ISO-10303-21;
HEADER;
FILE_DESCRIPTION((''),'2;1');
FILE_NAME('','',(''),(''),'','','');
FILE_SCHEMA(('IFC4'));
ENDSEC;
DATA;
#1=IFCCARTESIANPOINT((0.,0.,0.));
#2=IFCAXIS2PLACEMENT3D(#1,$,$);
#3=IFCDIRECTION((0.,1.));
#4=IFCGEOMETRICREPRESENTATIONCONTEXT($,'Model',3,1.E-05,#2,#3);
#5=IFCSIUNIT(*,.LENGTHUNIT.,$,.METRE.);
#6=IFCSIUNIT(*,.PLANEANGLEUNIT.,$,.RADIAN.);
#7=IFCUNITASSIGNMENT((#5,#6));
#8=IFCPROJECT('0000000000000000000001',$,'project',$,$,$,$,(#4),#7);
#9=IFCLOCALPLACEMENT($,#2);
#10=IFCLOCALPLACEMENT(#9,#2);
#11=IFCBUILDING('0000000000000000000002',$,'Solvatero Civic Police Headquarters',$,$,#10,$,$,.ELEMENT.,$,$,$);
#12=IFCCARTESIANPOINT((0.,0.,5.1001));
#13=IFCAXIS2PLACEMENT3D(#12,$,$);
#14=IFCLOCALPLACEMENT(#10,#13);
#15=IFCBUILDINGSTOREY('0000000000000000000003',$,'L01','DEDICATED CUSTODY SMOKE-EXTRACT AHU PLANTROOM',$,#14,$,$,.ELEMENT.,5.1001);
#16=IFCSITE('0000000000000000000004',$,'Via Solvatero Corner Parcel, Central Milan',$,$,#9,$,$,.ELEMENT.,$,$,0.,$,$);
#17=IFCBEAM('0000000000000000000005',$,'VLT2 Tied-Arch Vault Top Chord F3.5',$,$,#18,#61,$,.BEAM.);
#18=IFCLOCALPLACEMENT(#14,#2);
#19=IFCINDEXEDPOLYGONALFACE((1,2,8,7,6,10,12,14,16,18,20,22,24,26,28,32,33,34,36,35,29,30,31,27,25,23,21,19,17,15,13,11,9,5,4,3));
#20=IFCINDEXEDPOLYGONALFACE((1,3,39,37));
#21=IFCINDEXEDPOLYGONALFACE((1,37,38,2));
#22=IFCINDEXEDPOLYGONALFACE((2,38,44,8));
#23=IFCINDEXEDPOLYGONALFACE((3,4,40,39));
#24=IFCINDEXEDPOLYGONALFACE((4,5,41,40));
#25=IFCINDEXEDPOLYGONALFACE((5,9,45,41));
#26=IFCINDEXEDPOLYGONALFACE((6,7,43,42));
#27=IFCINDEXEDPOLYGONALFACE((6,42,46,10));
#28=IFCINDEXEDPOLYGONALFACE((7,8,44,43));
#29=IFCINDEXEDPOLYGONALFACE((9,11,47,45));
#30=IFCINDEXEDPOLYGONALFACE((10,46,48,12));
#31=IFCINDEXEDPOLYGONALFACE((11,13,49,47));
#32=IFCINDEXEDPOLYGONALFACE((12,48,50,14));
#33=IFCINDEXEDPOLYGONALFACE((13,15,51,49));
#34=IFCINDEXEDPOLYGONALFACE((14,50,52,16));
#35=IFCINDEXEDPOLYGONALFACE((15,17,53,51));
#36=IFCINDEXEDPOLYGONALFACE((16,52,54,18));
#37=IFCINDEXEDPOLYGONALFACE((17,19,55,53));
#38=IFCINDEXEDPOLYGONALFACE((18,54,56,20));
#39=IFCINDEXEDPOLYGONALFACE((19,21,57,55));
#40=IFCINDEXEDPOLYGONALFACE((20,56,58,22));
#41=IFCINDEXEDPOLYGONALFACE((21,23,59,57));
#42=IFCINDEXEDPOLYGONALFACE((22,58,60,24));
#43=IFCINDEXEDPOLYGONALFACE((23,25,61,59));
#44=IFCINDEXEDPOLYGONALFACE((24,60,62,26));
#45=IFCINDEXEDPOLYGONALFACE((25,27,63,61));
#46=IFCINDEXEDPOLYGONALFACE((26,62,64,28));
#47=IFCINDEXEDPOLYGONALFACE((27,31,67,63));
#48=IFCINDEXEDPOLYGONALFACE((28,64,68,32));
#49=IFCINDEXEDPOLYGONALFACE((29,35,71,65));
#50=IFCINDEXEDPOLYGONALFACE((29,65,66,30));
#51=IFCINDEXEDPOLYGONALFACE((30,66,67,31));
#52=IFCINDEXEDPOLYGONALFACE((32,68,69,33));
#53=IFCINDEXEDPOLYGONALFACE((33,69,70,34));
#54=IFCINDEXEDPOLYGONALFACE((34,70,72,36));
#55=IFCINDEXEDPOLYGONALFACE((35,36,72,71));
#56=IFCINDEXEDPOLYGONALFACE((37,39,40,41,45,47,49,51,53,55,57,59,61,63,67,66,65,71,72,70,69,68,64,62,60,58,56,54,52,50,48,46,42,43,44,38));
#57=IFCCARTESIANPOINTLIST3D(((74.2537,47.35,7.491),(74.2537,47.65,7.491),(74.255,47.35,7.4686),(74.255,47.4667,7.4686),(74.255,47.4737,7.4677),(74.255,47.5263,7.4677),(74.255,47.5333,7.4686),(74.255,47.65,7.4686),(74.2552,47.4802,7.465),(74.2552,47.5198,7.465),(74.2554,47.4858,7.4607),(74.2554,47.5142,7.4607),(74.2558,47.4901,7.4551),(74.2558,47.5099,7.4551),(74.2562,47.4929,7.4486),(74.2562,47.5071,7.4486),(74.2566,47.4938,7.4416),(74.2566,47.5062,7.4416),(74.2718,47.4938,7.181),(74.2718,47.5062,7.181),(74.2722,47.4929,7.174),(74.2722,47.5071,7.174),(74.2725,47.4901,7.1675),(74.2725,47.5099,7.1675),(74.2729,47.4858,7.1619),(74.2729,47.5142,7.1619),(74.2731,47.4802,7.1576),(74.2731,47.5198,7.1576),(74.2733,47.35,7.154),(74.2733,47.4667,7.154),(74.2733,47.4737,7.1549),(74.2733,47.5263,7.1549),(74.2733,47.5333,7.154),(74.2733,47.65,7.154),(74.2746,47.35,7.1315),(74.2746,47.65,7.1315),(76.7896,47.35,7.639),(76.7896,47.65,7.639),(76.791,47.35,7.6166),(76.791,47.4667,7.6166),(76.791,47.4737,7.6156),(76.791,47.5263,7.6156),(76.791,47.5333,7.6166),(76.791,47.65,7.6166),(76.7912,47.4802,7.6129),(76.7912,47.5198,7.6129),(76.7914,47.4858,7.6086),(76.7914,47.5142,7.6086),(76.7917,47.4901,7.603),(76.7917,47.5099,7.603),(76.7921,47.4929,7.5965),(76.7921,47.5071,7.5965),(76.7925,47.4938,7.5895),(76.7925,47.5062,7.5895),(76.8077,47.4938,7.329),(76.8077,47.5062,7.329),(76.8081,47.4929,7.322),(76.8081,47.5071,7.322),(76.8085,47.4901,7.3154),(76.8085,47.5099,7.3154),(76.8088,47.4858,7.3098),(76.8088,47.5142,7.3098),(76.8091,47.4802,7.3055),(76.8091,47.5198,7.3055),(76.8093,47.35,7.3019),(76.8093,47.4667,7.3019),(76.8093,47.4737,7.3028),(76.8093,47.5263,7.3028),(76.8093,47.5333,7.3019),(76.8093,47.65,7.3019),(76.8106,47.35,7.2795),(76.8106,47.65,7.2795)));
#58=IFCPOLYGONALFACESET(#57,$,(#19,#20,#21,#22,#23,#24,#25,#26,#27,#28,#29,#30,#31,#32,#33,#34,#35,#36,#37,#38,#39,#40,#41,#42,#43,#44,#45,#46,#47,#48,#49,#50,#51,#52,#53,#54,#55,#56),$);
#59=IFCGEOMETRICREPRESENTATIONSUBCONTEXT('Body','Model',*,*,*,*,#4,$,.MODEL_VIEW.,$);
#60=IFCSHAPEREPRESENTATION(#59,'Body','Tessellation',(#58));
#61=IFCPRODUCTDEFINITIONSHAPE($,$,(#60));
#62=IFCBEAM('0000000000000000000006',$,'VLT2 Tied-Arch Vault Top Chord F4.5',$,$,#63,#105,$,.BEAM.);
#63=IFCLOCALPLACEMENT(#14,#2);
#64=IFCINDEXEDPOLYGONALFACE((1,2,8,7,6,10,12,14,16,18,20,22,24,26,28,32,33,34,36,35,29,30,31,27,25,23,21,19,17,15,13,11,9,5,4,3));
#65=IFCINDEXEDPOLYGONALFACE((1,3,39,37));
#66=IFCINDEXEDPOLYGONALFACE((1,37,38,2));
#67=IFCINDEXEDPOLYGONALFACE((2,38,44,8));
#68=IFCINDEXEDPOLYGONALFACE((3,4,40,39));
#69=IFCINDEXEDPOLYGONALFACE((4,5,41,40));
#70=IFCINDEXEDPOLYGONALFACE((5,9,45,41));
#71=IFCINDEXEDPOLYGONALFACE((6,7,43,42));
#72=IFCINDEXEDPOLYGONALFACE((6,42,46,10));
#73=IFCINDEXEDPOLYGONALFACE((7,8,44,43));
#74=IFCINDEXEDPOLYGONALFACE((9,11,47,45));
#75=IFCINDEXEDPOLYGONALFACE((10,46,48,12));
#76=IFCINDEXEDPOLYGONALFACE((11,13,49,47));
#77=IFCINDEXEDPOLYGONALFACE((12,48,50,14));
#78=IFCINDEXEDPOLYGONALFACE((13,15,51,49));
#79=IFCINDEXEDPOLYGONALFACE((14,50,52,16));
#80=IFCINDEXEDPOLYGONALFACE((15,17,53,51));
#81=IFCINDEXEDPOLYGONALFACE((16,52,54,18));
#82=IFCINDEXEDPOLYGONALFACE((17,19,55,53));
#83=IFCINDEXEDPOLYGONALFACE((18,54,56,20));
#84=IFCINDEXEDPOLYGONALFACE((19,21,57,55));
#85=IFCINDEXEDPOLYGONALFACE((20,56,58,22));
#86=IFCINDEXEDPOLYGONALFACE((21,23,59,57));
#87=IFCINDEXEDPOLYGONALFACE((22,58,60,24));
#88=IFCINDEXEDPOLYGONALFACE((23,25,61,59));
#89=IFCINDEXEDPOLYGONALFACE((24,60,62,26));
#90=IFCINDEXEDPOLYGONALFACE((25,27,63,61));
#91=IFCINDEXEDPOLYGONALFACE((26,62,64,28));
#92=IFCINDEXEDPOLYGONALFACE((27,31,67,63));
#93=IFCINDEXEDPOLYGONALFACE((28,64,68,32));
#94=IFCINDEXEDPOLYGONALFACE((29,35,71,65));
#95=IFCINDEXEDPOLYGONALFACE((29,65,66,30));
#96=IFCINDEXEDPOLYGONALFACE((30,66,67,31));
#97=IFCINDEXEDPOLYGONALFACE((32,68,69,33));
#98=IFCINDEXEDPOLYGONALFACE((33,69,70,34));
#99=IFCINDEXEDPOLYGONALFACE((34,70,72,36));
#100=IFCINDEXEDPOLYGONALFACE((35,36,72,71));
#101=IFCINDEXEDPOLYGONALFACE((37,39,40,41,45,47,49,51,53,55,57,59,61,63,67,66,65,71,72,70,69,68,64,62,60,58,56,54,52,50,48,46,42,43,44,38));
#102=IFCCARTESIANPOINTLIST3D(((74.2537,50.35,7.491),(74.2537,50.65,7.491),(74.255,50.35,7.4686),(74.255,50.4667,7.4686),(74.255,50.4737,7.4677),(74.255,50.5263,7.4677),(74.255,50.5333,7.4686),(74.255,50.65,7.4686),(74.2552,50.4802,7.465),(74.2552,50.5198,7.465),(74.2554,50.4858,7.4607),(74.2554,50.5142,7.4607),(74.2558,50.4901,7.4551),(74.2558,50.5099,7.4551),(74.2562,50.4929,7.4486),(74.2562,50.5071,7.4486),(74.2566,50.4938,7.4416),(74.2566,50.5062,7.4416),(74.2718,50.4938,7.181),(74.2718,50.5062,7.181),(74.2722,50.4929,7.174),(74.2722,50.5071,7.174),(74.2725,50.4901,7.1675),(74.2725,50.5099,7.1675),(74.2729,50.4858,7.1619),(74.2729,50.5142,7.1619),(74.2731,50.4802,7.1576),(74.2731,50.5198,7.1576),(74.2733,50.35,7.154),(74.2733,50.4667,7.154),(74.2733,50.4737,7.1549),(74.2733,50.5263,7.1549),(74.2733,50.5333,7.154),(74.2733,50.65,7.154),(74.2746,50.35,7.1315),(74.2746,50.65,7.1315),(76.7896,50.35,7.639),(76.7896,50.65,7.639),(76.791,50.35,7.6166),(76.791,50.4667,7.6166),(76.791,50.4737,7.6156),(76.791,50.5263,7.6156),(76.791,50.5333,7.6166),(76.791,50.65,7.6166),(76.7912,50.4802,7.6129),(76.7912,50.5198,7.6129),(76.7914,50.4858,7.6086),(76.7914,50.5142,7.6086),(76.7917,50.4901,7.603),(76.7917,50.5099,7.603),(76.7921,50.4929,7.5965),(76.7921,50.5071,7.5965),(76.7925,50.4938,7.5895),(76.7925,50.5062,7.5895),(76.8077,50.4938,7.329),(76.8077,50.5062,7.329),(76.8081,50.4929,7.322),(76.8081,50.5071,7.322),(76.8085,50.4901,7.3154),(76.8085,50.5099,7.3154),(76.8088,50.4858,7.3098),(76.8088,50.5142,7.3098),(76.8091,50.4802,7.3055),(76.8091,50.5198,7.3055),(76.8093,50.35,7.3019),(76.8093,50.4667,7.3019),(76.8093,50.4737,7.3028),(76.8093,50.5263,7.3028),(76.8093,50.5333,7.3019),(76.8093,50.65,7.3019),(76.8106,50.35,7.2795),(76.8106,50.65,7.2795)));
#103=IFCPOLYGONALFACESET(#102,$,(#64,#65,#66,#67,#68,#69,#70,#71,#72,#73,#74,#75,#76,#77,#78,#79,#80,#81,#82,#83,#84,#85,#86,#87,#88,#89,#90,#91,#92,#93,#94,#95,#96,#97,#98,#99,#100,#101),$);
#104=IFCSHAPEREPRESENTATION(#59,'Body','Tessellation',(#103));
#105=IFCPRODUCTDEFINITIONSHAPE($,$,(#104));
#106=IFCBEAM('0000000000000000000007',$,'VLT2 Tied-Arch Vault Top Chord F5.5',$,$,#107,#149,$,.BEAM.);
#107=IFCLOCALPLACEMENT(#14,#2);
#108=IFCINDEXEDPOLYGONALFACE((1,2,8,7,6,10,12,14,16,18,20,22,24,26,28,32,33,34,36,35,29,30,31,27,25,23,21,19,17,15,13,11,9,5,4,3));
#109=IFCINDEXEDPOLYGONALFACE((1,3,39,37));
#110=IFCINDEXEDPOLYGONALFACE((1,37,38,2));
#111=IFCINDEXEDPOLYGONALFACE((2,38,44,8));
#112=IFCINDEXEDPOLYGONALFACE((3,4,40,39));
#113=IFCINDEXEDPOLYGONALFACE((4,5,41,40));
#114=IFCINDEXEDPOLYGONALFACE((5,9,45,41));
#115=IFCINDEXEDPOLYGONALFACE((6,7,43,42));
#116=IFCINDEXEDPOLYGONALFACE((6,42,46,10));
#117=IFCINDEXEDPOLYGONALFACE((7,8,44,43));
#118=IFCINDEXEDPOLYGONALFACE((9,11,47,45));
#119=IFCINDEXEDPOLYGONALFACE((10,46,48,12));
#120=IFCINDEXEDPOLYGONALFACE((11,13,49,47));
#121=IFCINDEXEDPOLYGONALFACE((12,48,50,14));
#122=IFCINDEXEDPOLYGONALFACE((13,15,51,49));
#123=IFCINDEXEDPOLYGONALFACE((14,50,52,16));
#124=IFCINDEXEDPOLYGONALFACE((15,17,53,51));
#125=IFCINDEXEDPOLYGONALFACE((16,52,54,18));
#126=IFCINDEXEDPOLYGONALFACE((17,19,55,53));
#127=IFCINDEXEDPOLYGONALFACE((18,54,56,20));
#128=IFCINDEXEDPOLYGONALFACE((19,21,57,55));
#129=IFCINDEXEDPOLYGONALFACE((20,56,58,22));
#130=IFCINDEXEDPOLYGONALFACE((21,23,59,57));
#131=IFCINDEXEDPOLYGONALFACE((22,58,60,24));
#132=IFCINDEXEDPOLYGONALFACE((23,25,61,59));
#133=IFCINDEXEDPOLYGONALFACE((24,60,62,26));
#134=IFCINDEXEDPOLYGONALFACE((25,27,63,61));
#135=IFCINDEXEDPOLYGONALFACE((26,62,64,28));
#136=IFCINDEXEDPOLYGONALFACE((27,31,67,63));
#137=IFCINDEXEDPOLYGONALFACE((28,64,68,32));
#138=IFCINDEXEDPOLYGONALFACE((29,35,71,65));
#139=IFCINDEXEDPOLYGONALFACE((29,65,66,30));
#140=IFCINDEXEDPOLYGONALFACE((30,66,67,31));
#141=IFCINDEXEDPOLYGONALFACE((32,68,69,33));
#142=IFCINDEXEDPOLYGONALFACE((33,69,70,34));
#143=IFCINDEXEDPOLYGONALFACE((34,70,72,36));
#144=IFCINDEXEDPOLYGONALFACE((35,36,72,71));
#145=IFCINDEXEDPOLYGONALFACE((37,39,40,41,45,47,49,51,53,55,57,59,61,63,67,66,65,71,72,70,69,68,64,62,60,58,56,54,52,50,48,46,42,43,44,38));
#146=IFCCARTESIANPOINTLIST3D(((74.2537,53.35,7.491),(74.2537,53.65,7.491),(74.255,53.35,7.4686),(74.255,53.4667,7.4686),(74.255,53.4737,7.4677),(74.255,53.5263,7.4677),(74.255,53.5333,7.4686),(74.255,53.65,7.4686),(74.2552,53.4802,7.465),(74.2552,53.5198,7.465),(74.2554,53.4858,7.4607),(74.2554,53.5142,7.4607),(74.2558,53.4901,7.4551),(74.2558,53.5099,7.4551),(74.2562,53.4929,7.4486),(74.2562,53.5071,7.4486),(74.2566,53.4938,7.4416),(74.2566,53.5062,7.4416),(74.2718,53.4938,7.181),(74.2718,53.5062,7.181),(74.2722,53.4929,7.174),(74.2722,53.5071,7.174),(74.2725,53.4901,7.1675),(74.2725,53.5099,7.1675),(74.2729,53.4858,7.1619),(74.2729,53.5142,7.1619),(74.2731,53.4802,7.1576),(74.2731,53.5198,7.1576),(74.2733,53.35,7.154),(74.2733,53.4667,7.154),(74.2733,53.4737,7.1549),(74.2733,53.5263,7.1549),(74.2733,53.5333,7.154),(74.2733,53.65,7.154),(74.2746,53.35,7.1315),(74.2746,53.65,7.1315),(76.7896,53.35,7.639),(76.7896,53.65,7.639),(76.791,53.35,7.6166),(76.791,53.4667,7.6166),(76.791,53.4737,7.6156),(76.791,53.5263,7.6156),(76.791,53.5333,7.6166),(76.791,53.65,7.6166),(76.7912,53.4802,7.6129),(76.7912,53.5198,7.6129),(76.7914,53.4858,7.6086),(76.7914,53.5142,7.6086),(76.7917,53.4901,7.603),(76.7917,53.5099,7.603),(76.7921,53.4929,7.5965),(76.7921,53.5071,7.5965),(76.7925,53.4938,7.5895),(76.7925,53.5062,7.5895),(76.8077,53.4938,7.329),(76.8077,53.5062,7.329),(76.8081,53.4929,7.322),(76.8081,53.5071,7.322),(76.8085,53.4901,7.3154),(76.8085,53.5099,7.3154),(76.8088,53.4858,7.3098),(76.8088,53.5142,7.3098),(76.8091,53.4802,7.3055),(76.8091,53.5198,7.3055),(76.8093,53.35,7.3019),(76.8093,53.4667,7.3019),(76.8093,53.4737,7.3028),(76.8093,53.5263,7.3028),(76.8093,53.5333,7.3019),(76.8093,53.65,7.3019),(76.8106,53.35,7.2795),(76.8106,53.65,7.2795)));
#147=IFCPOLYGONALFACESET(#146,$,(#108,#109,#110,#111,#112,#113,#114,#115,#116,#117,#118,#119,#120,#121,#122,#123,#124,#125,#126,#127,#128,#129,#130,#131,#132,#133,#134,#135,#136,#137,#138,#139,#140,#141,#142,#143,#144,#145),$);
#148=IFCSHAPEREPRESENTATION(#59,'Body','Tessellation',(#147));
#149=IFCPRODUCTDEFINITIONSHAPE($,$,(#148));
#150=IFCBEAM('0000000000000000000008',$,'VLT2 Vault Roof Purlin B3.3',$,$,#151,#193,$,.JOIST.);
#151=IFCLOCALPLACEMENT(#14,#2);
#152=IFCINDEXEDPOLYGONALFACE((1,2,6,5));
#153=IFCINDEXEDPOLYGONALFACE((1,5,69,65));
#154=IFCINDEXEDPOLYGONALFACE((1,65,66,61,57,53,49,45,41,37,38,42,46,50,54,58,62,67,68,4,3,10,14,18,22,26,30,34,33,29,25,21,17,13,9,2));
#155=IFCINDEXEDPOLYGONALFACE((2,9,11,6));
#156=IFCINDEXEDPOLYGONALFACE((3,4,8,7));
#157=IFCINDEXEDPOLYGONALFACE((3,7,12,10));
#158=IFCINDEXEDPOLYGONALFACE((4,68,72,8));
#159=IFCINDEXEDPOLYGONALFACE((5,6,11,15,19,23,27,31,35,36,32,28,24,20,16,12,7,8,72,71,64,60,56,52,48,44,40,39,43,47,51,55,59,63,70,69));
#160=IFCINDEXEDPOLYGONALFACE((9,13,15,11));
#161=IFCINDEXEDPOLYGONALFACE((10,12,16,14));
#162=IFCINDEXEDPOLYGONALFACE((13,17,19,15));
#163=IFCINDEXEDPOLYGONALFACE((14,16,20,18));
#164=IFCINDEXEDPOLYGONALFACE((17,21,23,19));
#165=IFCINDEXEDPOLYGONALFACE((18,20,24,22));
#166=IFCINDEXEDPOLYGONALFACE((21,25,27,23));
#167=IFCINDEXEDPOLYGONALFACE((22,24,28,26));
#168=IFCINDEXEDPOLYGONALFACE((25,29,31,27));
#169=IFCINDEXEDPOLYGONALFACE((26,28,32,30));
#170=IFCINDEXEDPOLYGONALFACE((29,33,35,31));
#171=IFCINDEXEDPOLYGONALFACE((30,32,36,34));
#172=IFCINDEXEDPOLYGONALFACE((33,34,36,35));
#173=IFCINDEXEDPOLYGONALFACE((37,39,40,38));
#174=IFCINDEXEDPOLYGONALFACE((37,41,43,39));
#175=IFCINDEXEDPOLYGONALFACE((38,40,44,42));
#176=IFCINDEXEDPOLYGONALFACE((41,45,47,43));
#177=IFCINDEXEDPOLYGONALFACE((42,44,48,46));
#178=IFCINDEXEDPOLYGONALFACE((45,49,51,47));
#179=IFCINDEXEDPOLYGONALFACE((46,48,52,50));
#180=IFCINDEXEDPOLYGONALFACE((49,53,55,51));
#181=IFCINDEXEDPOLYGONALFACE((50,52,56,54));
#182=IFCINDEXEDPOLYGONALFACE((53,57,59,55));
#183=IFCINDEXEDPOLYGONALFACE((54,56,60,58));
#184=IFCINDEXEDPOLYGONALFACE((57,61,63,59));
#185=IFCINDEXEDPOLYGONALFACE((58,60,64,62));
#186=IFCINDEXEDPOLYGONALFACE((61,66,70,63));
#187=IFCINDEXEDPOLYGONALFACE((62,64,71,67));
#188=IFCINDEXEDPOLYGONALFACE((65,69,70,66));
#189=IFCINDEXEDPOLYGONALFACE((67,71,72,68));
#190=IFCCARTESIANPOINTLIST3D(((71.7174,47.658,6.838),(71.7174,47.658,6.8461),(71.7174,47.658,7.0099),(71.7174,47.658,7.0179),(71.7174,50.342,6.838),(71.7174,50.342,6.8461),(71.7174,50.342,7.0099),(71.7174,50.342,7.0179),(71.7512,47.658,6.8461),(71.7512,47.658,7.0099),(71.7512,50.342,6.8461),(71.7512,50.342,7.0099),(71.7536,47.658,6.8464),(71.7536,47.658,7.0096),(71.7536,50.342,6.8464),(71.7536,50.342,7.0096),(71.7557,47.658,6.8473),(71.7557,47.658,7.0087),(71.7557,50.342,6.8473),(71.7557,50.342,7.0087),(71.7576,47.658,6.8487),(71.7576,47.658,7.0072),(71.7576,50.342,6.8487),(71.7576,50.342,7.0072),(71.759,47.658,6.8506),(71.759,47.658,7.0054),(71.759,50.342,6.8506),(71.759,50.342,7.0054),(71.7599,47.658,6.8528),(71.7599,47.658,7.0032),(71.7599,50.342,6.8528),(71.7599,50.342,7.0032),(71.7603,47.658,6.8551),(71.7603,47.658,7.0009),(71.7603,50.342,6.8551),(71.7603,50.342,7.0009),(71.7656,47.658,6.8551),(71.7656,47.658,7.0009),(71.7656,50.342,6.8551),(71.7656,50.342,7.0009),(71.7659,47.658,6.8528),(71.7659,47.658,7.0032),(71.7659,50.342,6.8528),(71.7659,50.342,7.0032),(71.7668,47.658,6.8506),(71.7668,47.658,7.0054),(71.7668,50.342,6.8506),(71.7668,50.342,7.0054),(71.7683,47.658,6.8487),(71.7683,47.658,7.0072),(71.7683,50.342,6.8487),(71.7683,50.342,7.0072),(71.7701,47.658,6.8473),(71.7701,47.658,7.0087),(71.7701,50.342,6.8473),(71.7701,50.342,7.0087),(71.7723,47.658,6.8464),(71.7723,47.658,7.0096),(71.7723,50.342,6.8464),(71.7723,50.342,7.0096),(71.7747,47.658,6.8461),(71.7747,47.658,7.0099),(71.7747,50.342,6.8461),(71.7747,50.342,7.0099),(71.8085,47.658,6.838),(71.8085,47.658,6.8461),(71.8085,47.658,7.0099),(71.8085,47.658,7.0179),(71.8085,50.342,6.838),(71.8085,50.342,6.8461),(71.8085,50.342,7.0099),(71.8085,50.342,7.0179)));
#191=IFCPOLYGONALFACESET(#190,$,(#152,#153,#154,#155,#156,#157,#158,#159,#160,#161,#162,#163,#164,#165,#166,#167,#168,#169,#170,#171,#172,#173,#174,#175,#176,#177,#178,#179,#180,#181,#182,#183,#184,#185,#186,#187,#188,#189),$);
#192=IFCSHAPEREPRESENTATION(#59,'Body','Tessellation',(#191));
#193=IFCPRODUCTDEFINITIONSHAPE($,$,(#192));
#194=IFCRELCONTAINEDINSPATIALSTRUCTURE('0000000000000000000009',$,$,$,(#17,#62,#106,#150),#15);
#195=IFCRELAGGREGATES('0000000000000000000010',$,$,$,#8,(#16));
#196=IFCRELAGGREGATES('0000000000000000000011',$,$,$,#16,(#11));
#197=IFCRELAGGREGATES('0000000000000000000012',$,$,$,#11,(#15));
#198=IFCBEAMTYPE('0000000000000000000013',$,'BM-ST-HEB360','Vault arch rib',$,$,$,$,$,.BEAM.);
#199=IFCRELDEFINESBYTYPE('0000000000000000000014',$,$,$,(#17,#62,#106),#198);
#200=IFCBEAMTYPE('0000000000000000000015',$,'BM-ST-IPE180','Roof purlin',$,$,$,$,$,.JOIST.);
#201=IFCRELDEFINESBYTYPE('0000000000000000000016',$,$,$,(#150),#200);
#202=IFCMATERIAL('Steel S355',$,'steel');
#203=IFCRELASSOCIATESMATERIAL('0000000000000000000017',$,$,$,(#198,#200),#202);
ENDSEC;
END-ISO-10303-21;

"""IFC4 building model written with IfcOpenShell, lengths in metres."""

from ifc_helpers import new_model, si_unit, direction, frame, origin, origin_2d, place, context, subcontext, project, spatial, i_section, extrude, material, material_profile, profile_set, type_object, element, save


model = new_model("IFC4")

# Units and contexts
model_context = context("Model", 3, precision=1e-05, world=origin(), true_north=direction((0.0, 1.0)))
body_context = subcontext(model_context, "Body", "Model", "MODEL_VIEW")
ifc_project = project(units=[si_unit("LENGTHUNIT", "METRE"), si_unit("PLANEANGLEUNIT", "RADIAN")], contexts=[model_context])

# Site, building, storey
site_placement = place(None, origin())
site = spatial("IfcSite", under=ifc_project, at=site_placement, Name="Via Solvatero Corner Parcel, Central Milan", CompositionType="ELEMENT", RefElevation=0.0)
building_placement = place(site_placement, origin())
building = spatial("IfcBuilding", under=site, at=building_placement, Name="Solvatero Civic Police Headquarters", CompositionType="ELEMENT")
storey_placement = place(building_placement, frame((0.0, 0.0, 5.1001)))
storey = spatial("IfcBuildingStorey", under=building, at=storey_placement, Name="L01", Description="DEDICATED CUSTODY SMOKE-EXTRACT AHU PLANTROOM", CompositionType="ELEMENT", Elevation=5.1001)

# Beams
ifc_material = material(Name="Steel S355", Category="steel")
ifc_material_profile_1 = material_profile(ifc_material, i_section(OverallWidth=0.3, OverallDepth=0.3601, WebThickness=0.0125, FlangeThickness=0.0225, FilletRadius=0.0271, at=origin_2d()), Name="HEB 360")
ifc_profile_set_1 = profile_set([ifc_material_profile_1], Name="Steel S355")
beam_type_1 = type_object("IfcBeamType", Name="BM-ST-HEB360", Description="Vault arch rib", PredefinedType="BEAM", material=ifc_profile_set_1)
for number, where, z_axis, x_axis, name in (
    (1, (74.2642, 47.5, 7.3113), (0.998302, 0.0, 0.058243), (0.0, 1.0, 0.0), "VLT2 Tied-Arch Vault Top Chord F3.5"),
    (2, (74.2642, 50.5, 7.3113), (0.998302, 0.0, 0.058243), (0.0, 1.0, 0.0), "VLT2 Tied-Arch Vault Top Chord F4.5"),
    (3, (74.2642, 53.5, 7.3113), (0.998302, 0.0, 0.058243), (0.0, 1.0, 0.0), "VLT2 Tied-Arch Vault Top Chord F5.5"),
):
    element("IfcBeam", number, at=place(storey_placement, frame(where, z_axis=z_axis, x_axis=x_axis)), inside=storey, type_object=beam_type_1, Name=name, PredefinedType="BEAM", context=body_context, shape_type="SweptSolid", body=[
        extrude(i_section(OverallWidth=0.3, OverallDepth=0.3601, WebThickness=0.0125, FlangeThickness=0.0225, FilletRadius=0.0271, at=origin_2d()), origin(), (0.0, 0.0, 1.0), 2.5403),
    ])
ifc_material_profile_2 = material_profile(ifc_material, i_section(OverallWidth=0.0911, OverallDepth=0.1799, WebThickness=0.0054, FlangeThickness=0.0081, FilletRadius=0.009, at=origin_2d()), Name="IPE 180")
ifc_profile_set_2 = profile_set([ifc_material_profile_2], Name="Steel S355")
beam_type_2 = type_object("IfcBeamType", Name="BM-ST-IPE180", Description="Roof purlin", PredefinedType="JOIST", material=ifc_profile_set_2)
for number, where, z_axis, x_axis, name in (
    (4, (71.7629, 47.658, 6.928), (0.0, 1.0, 0.0), (-1.0, 0.0, 0.0), "VLT2 Vault Roof Purlin B3.3"),
):
    element("IfcBeam", number, at=place(storey_placement, frame(where, z_axis=z_axis, x_axis=x_axis)), inside=storey, type_object=beam_type_2, Name=name, PredefinedType="JOIST", context=body_context, shape_type="SweptSolid", body=[
        extrude(i_section(OverallWidth=0.0911, OverallDepth=0.1799, WebThickness=0.0054, FlangeThickness=0.0081, FilletRadius=0.009, at=origin_2d()), origin(), (0.0, 0.0, 1.0), 2.6841),
    ])

save(model, "model.ifc")
